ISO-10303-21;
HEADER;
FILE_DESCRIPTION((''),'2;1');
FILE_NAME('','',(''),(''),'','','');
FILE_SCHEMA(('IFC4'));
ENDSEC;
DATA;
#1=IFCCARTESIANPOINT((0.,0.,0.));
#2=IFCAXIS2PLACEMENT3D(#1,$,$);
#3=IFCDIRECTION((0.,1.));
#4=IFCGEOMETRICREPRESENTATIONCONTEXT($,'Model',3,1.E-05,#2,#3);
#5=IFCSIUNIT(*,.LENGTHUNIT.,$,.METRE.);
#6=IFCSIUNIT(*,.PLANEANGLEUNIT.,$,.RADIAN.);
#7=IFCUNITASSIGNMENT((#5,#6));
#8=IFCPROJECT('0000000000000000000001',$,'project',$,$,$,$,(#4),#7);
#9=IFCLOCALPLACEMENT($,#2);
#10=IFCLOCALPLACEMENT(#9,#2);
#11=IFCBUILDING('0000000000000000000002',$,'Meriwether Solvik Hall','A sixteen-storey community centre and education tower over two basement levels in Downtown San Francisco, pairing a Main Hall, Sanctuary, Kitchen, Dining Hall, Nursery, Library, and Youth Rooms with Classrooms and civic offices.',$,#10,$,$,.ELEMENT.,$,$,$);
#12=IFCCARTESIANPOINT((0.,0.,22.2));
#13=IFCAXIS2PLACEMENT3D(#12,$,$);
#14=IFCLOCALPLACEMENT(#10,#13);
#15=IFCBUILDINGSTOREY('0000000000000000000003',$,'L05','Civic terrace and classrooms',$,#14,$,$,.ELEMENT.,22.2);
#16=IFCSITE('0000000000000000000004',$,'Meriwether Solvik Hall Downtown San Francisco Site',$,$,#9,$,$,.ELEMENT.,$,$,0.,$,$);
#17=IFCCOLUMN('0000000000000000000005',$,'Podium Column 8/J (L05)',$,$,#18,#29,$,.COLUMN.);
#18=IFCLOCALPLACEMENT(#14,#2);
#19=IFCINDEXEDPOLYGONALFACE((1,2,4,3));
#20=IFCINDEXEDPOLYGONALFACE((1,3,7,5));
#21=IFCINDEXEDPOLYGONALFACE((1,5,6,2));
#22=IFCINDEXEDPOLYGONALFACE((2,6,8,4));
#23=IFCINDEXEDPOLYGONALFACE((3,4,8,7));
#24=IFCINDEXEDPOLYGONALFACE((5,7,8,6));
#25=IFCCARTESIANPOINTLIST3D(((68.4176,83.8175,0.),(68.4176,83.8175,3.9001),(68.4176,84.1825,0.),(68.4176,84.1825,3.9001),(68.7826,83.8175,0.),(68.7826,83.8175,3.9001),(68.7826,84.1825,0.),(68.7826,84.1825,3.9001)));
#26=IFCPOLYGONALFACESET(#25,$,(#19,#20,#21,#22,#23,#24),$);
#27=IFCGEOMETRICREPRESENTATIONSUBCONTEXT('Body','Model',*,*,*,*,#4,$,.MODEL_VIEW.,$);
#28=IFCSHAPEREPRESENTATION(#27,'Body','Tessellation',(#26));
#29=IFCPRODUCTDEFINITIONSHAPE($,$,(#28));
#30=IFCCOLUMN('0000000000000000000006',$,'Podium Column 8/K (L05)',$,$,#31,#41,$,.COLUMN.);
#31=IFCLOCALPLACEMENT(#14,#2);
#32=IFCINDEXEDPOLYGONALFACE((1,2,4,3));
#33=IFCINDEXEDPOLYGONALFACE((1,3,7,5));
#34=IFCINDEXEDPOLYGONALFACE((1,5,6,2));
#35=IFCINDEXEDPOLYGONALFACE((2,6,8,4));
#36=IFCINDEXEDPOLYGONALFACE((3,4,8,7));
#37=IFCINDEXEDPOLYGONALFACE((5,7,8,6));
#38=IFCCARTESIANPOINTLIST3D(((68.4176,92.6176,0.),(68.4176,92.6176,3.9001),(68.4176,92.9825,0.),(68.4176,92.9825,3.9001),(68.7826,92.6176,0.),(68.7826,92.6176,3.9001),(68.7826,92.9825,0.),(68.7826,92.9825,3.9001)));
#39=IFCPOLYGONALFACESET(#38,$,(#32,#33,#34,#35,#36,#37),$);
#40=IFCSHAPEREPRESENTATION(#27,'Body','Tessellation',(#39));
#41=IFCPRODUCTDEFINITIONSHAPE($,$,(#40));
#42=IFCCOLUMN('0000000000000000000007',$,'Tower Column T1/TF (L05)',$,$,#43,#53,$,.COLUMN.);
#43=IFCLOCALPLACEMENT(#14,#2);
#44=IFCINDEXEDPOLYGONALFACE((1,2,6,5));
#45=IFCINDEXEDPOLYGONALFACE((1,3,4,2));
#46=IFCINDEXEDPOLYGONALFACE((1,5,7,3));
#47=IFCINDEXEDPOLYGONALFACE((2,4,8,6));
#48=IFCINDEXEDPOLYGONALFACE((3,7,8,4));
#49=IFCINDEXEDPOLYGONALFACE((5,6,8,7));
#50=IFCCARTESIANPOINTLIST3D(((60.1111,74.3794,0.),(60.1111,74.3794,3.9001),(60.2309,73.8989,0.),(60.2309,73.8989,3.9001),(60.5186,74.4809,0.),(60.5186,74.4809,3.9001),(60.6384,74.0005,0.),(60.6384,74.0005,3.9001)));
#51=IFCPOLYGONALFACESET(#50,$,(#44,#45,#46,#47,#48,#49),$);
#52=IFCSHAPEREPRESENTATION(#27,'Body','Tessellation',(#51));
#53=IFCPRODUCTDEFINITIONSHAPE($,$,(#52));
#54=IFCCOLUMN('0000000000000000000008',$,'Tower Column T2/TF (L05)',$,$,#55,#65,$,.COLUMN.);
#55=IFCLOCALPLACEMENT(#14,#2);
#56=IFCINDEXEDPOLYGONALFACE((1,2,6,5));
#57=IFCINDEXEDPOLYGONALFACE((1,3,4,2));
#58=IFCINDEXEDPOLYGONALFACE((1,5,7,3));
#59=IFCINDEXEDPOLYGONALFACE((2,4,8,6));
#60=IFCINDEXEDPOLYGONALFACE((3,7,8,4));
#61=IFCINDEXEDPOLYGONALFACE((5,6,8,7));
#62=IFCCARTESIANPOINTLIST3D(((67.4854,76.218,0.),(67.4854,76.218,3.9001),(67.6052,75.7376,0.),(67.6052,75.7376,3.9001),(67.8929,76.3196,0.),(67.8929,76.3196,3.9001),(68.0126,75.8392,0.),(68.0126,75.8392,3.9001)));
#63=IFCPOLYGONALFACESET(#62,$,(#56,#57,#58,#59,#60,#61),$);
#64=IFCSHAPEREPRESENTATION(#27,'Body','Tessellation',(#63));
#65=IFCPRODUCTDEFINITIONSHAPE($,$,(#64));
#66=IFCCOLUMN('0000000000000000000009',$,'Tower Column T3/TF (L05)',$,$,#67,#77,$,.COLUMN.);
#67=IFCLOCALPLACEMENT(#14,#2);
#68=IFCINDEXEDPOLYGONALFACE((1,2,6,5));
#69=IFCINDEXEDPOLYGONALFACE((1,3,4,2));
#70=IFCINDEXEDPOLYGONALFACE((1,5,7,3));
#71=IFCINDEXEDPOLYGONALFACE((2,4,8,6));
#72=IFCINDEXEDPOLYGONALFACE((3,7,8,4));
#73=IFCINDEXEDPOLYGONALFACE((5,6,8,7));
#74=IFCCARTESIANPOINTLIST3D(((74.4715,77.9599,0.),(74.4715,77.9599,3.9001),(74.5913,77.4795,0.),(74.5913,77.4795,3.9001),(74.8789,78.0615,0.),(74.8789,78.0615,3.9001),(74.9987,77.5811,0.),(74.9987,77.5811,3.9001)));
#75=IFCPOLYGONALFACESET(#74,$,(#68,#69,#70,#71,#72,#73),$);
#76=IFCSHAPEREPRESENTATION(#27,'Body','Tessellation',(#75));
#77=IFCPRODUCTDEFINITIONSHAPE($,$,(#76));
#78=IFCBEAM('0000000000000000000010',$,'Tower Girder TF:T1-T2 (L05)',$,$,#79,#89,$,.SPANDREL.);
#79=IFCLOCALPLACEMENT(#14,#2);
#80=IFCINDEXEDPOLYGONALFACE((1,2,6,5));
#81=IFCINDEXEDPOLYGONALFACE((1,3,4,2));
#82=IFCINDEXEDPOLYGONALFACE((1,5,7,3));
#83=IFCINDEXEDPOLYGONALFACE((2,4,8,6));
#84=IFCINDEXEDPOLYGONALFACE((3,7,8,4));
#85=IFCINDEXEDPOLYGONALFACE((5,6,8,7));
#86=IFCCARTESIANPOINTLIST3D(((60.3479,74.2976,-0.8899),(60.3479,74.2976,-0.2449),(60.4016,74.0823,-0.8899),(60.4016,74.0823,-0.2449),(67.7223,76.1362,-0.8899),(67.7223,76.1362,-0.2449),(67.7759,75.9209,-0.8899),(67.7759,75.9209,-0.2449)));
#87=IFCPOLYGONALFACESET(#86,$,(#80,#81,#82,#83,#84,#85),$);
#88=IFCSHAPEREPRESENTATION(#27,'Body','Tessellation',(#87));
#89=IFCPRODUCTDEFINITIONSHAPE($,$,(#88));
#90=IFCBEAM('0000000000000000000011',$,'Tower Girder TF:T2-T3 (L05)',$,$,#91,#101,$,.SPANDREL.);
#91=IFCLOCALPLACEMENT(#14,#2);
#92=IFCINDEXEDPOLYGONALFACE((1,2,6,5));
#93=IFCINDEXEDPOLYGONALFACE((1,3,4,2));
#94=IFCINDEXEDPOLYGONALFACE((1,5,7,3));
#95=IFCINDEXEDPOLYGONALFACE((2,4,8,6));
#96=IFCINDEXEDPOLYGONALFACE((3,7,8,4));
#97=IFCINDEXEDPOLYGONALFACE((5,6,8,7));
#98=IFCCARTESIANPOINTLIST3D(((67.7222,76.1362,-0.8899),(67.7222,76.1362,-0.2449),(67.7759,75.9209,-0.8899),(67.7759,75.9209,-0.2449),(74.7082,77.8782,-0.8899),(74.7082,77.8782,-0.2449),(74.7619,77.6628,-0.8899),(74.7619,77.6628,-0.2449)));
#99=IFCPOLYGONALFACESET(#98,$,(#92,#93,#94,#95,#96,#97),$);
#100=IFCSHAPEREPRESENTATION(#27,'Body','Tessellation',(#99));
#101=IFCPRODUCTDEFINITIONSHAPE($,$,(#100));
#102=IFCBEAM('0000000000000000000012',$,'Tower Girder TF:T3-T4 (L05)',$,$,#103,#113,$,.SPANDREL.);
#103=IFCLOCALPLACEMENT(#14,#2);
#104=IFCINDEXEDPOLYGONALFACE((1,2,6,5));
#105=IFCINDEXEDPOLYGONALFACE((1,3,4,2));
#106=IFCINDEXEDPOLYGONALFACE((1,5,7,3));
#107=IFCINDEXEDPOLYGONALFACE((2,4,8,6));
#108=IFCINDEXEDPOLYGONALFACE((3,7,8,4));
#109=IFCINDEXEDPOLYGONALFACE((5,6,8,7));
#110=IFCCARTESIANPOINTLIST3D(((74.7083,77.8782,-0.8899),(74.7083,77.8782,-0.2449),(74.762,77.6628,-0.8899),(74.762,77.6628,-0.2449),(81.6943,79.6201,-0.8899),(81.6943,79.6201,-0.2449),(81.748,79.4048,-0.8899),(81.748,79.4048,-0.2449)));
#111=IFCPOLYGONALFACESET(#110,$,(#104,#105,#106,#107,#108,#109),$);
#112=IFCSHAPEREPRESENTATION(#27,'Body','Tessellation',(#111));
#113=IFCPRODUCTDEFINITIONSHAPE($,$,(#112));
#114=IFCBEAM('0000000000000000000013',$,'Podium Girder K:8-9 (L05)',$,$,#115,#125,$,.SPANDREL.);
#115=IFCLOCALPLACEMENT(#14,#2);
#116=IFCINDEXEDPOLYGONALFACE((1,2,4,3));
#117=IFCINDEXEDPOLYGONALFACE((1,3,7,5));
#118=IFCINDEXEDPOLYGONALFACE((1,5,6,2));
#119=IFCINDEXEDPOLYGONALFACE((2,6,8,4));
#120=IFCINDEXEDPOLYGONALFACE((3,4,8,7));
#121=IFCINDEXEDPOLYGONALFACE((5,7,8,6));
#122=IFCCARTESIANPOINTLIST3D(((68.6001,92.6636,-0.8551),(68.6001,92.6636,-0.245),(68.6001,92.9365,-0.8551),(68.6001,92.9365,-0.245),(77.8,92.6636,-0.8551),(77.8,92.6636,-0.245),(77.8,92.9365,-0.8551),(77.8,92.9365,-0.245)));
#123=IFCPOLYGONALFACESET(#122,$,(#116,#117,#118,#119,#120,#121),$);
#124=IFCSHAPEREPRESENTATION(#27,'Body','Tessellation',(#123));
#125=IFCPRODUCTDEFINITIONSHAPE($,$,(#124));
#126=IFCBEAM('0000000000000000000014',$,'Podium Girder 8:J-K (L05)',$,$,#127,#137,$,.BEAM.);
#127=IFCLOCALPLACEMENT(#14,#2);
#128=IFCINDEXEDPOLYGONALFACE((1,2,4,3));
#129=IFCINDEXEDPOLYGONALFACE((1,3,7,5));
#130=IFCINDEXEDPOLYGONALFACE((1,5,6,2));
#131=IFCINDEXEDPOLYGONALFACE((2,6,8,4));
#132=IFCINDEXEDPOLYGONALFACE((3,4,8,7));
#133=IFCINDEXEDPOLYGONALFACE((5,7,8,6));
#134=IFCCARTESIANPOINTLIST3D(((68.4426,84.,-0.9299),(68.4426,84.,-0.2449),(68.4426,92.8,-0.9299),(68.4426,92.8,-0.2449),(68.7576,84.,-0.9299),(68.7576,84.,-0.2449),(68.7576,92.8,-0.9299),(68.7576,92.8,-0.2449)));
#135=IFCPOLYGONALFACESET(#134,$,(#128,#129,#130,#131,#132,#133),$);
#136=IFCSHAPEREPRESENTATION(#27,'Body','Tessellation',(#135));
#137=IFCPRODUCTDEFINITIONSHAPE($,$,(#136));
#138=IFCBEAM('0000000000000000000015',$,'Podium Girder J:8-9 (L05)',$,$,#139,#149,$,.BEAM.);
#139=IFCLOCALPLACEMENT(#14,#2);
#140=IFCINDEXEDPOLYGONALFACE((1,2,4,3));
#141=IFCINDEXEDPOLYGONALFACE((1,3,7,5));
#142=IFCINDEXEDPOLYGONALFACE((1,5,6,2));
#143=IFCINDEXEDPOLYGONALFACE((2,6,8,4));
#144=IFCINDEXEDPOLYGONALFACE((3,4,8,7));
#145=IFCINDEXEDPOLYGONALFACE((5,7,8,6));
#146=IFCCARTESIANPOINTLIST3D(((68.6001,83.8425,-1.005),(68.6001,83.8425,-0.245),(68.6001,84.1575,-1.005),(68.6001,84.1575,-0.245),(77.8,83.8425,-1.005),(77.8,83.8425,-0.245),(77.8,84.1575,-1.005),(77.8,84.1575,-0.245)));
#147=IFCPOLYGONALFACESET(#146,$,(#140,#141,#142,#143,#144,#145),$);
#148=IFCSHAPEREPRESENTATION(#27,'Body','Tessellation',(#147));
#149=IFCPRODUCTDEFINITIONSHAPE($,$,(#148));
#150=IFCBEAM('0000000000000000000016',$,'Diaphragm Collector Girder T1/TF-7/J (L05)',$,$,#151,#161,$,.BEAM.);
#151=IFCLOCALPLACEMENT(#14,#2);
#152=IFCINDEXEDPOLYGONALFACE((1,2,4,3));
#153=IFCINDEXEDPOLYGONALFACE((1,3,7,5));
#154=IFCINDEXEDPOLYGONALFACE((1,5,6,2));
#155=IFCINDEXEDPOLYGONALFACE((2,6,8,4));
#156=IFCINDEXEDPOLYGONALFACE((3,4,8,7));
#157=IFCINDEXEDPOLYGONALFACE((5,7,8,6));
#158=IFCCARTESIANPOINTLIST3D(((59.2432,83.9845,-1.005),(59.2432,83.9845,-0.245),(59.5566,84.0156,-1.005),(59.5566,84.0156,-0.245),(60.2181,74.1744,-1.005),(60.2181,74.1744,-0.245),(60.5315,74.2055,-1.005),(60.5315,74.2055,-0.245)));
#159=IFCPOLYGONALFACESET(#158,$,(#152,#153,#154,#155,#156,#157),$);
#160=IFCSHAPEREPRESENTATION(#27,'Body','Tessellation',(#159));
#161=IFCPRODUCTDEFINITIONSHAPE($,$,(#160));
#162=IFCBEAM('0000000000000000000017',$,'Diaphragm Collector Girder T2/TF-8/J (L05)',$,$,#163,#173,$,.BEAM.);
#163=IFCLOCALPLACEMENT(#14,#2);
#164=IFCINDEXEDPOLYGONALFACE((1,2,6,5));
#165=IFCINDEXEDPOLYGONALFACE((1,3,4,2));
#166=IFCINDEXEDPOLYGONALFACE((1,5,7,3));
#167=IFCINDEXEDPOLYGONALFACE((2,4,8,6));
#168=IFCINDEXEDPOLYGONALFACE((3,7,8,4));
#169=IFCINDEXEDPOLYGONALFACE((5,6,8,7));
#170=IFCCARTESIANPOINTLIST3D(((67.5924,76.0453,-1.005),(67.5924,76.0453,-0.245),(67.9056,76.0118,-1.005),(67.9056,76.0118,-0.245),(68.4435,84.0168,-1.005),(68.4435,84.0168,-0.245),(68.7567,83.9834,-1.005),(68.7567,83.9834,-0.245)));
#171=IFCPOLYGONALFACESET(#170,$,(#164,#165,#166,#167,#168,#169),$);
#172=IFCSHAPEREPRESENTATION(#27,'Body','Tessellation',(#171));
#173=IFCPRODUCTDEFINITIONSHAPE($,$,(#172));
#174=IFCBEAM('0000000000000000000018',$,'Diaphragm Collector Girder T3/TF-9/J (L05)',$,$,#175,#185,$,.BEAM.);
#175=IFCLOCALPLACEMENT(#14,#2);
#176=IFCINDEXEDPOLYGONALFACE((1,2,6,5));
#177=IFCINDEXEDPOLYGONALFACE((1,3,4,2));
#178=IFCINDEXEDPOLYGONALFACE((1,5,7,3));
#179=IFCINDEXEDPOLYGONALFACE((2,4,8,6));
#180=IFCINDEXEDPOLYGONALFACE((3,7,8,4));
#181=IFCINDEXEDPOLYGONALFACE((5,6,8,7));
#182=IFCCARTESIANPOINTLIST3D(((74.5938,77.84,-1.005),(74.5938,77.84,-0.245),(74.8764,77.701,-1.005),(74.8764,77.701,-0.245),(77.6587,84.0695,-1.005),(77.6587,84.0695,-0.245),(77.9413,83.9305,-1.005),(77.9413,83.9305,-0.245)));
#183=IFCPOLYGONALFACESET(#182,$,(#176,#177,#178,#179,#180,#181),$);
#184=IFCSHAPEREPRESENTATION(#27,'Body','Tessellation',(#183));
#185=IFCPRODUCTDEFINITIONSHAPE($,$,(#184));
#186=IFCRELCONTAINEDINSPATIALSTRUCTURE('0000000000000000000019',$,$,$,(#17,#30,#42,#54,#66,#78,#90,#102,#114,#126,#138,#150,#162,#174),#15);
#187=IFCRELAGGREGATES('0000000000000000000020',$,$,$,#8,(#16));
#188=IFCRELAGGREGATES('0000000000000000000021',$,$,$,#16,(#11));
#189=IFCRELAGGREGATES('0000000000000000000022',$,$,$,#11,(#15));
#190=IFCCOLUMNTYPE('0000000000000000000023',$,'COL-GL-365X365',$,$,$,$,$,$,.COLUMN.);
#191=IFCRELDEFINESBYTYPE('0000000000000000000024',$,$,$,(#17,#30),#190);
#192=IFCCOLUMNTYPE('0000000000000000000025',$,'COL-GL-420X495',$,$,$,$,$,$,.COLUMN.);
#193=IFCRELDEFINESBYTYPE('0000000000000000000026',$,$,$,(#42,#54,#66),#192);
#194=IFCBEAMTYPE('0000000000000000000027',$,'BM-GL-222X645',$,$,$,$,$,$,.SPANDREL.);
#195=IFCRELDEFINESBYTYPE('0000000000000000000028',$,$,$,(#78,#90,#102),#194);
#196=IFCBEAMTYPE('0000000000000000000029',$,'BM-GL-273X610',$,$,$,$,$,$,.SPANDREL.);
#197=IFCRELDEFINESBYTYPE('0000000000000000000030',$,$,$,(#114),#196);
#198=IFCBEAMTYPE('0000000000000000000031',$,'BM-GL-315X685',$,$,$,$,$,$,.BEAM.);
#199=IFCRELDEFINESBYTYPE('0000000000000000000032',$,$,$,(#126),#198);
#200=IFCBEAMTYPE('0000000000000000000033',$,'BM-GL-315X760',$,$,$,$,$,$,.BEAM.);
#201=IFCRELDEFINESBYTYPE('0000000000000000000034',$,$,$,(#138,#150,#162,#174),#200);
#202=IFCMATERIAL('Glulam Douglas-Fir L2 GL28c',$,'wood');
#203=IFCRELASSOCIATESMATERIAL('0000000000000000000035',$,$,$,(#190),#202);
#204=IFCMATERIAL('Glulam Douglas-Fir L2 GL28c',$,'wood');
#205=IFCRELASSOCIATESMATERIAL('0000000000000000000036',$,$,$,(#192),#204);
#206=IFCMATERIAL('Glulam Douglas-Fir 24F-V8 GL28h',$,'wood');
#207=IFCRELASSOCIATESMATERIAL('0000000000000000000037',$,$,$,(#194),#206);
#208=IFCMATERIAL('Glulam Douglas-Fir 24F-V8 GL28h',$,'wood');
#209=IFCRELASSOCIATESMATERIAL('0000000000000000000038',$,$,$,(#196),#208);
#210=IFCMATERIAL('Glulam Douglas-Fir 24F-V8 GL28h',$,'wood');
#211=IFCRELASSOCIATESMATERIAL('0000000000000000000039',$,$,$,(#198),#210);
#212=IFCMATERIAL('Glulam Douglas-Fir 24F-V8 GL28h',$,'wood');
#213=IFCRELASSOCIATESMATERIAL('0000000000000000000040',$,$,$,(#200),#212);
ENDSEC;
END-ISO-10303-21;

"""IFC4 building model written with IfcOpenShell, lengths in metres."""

from ifc_helpers import new_model, si_unit, direction, frame, origin, origin_2d, place, context, subcontext, project, spatial, rectangle, extrude, material, material_profile, profile_set, type_object, element, save


model = new_model("IFC4")

# Units and contexts
model_context = context("Model", 3, precision=1e-05, world=origin(), true_north=direction((0.0, 1.0)))
body_context = subcontext(model_context, "Body", "Model", "MODEL_VIEW")
ifc_project = project(units=[si_unit("LENGTHUNIT", "METRE"), si_unit("PLANEANGLEUNIT", "RADIAN")], contexts=[model_context])

# Site, building, storey
site_placement = place(None, origin())
site = spatial("IfcSite", under=ifc_project, at=site_placement, Name="Meriwether Solvik Hall Downtown San Francisco Site", CompositionType="ELEMENT", RefElevation=0.0)
building_placement = place(site_placement, origin())
building = spatial("IfcBuilding", under=site, at=building_placement, Name="Meriwether Solvik Hall", Description="A sixteen-storey community centre and education tower over two basement levels in Downtown San Francisco, pairing a Main Hall, Sanctuary, Kitchen, Dining Hall, Nursery, Library, and Youth Rooms with Classrooms and civic offices.", CompositionType="ELEMENT")
storey_placement = place(building_placement, frame((0.0, 0.0, 22.2)))
storey = spatial("IfcBuildingStorey", under=building, at=storey_placement, Name="L05", Description="Civic terrace and classrooms", CompositionType="ELEMENT", Elevation=22.2)

# Columns
ifc_material_1 = material(Name="Glulam Douglas-Fir L2 GL28c", Category="wood")
ifc_material_profile_1 = material_profile(ifc_material_1, rectangle(XDim=0.365, YDim=0.365, at=origin_2d()), Name="GLC-365X365")
ifc_profile_set_1 = profile_set([ifc_material_profile_1], Name="Glulam Douglas-Fir L2 GL28c")
column_type_1 = type_object("IfcColumnType", Name="COL-GL-365X365", PredefinedType="COLUMN", material=ifc_profile_set_1)
for number, where, z_axis, x_axis, name in (
    (1, (68.6001, 84.0, 0.0), (0.0, 0.0, 1.0), (1.0, 0.0, 0.0), "Podium Column 8/J (L05)"),
    (2, (68.6001, 92.8, 0.0), (0.0, 0.0, 1.0), (1.0, 0.0, 0.0), "Podium Column 8/K (L05)"),
):
    element("IfcColumn", number, at=place(storey_placement, frame(where, z_axis=z_axis, x_axis=x_axis)), inside=storey, type_object=column_type_1, Name=name, PredefinedType="COLUMN", context=body_context, shape_type="SweptSolid", body=[
        extrude(rectangle(XDim=0.365, YDim=0.365, at=origin_2d()), origin(), (0.0, 0.0, 1.0), 3.9001),
    ])
ifc_material_2 = material(Name="Glulam Douglas-Fir L2 GL28c", Category="wood")
ifc_material_profile_2 = material_profile(ifc_material_2, rectangle(XDim=0.4199, YDim=0.4951, at=origin_2d()), Name="GLC-420X495")
ifc_profile_set_2 = profile_set([ifc_material_profile_2], Name="Glulam Douglas-Fir L2 GL28c")
column_type_2 = type_object("IfcColumnType", Name="COL-GL-420X495", PredefinedType="COLUMN", material=ifc_profile_set_2)
for number, where, z_axis, x_axis, name in (
    (3, (60.3748, 74.1899, 0.0), (0.0, 0.0, 1.0), (0.970296, 0.241922, 0.0), "Tower Column T1/TF (L05)"),
    (4, (67.749, 76.0286, 0.0), (0.0, 0.0, 1.0), (0.970296, 0.241922, 0.0), "Tower Column T2/TF (L05)"),
    (5, (74.7351, 77.7705, 0.0), (0.0, 0.0, 1.0), (0.970296, 0.241922, 0.0), "Tower Column T3/TF (L05)"),
):
    element("IfcColumn", number, at=place(storey_placement, frame(where, z_axis=z_axis, x_axis=x_axis)), inside=storey, type_object=column_type_2, Name=name, PredefinedType="COLUMN", context=body_context, shape_type="SweptSolid", body=[
        extrude(rectangle(XDim=0.4199, YDim=0.4951, at=origin_2d()), origin(), (0.0, 0.0, 1.0), 3.9001),
    ])

# Beams
ifc_material_3 = material(Name="Glulam Douglas-Fir 24F-V8 GL28h", Category="wood")
ifc_material_profile_3 = material_profile(ifc_material_3, rectangle(XDim=0.2219, YDim=0.645, at=origin_2d()), Name="GLB-222X645")
ifc_profile_set_3 = profile_set([ifc_material_profile_3], Name="Glulam Douglas-Fir 24F-V8 GL28h")
beam_type_1 = type_object("IfcBeamType", Name="BM-GL-222X645", PredefinedType="SPANDREL", material=ifc_profile_set_3)
beam_1_placement = place(storey_placement, frame((60.3748, 74.1899, -0.5674), z_axis=(0.970295, 0.241923, 0.0), x_axis=(-0.241923, 0.970295, 0.0)))
element("IfcBeam", 6, at=beam_1_placement, inside=storey, type_object=beam_type_1, Name="Tower Girder TF:T1-T2 (L05)", PredefinedType="SPANDREL", context=body_context, shape_type="SweptSolid", body=[
    extrude(rectangle(XDim=0.2219, YDim=0.645, at=origin_2d()), origin(), (0.0, 0.0, 1.0), 7.6001),
])
for number, where, z_axis, x_axis, name in (
    (7, (67.749, 76.0286, -0.5674), (0.970292, 0.241937, 0.0), (-0.241937, 0.970292, 0.0), "Tower Girder TF:T2-T3 (L05)"),
    (8, (74.7351, 77.7705, -0.5674), (0.970292, 0.241937, 0.0), (-0.241937, 0.970292, 0.0), "Tower Girder TF:T3-T4 (L05)"),
):
    element("IfcBeam", number, at=place(storey_placement, frame(where, z_axis=z_axis, x_axis=x_axis)), inside=storey, type_object=beam_type_1, Name=name, PredefinedType="SPANDREL", context=body_context, shape_type="SweptSolid", body=[
        extrude(rectangle(XDim=0.2219, YDim=0.645, at=origin_2d()), origin(), (0.0, 0.0, 1.0), 7.2),
    ])
ifc_material_4 = material(Name="Glulam Douglas-Fir 24F-V8 GL28h", Category="wood")
ifc_material_profile_4 = material_profile(ifc_material_4, rectangle(XDim=0.2729, YDim=0.6101, at=origin_2d()), Name="GLB-273X610")
ifc_profile_set_4 = profile_set([ifc_material_profile_4], Name="Glulam Douglas-Fir 24F-V8 GL28h")
beam_type_2 = type_object("IfcBeamType", Name="BM-GL-273X610", PredefinedType="SPANDREL", material=ifc_profile_set_4)
beam_2_placement = place(storey_placement, frame((68.6001, 92.8, -0.55), z_axis=(1.0, 0.0, 0.0), x_axis=(0.0, 1.0, 0.0)))
element("IfcBeam", 9, at=beam_2_placement, inside=storey, type_object=beam_type_2, Name="Podium Girder K:8-9 (L05)", PredefinedType="SPANDREL", context=body_context, shape_type="SweptSolid", body=[
    extrude(rectangle(XDim=0.2729, YDim=0.6101, at=origin_2d()), origin(), (0.0, 0.0, 1.0), 9.2),
])
ifc_material_5 = material(Name="Glulam Douglas-Fir 24F-V8 GL28h", Category="wood")
ifc_material_profile_5 = material_profile(ifc_material_5, rectangle(XDim=0.3149, YDim=0.6851, at=origin_2d()), Name="GLB-315X685")
ifc_profile_set_5 = profile_set([ifc_material_profile_5], Name="Glulam Douglas-Fir 24F-V8 GL28h")
beam_type_3 = type_object("IfcBeamType", Name="BM-GL-315X685", PredefinedType="BEAM", material=ifc_profile_set_5)
beam_3_placement = place(storey_placement, frame((68.6001, 84.0, -0.5874), z_axis=(0.0, 1.0, 0.0), x_axis=(-1.0, 0.0, 0.0)))
element("IfcBeam", 10, at=beam_3_placement, inside=storey, type_object=beam_type_3, Name="Podium Girder 8:J-K (L05)", PredefinedType="BEAM", context=body_context, shape_type="SweptSolid", body=[
    extrude(rectangle(XDim=0.3149, YDim=0.6851, at=origin_2d()), origin(), (0.0, 0.0, 1.0), 8.8),
])
ifc_material_6 = material(Name="Glulam Douglas-Fir 24F-V8 GL28h", Category="wood")
ifc_material_profile_6 = material_profile(ifc_material_6, rectangle(XDim=0.3149, YDim=0.76, at=origin_2d()), Name="GLB-315X760")
ifc_profile_set_6 = profile_set([ifc_material_profile_6], Name="Glulam Douglas-Fir 24F-V8 GL28h")
beam_type_4 = type_object("IfcBeamType", Name="BM-GL-315X760", PredefinedType="BEAM", material=ifc_profile_set_6)
beam_4_placement = place(storey_placement, frame((68.6001, 84.0, -0.625), z_axis=(1.0, 0.0, 0.0), x_axis=(0.0, 1.0, 0.0)))
element("IfcBeam", 11, at=beam_4_placement, inside=storey, type_object=beam_type_4, Name="Podium Girder J:8-9 (L05)", PredefinedType="BEAM", context=body_context, shape_type="SweptSolid", body=[
    extrude(rectangle(XDim=0.3149, YDim=0.76, at=origin_2d()), origin(), (0.0, 0.0, 1.0), 9.2),
])
beam_5_placement = place(storey_placement, frame((60.3748, 74.1899, -0.625), z_axis=(-0.098886, 0.995099, 0.0), x_axis=(-0.995099, -0.098886, 0.0)))
element("IfcBeam", 12, at=beam_5_placement, inside=storey, type_object=beam_type_4, Name="Diaphragm Collector Girder T1/TF-7/J (L05)", PredefinedType="BEAM", context=body_context, shape_type="SweptSolid", body=[
    extrude(rectangle(XDim=0.3149, YDim=0.76, at=origin_2d()), origin(), (0.0, 0.0, 1.0), 9.8584),
])
beam_6_placement = place(storey_placement, frame((67.749, 76.0286, -0.625), z_axis=(0.106162, 0.994349, 0.0), x_axis=(-0.994349, 0.106162, 0.0)))
element("IfcBeam", 13, at=beam_6_placement, inside=storey, type_object=beam_type_4, Name="Diaphragm Collector Girder T2/TF-8/J (L05)", PredefinedType="BEAM", context=body_context, shape_type="SweptSolid", body=[
    extrude(rectangle(XDim=0.3149, YDim=0.76, at=origin_2d()), origin(), (0.0, 0.0, 1.0), 8.0168),
])
beam_7_placement = place(storey_placement, frame((74.7351, 77.7705, -0.625), z_axis=(0.441465, 0.897278, 0.0), x_axis=(-0.897278, 0.441465, 0.0)))
element("IfcBeam", 14, at=beam_7_placement, inside=storey, type_object=beam_type_4, Name="Diaphragm Collector Girder T3/TF-9/J (L05)", PredefinedType="BEAM", context=body_context, shape_type="SweptSolid", body=[
    extrude(rectangle(XDim=0.3149, YDim=0.76, at=origin_2d()), origin(), (0.0, 0.0, 1.0), 6.9426),
])

save(model, "model.ifc")
